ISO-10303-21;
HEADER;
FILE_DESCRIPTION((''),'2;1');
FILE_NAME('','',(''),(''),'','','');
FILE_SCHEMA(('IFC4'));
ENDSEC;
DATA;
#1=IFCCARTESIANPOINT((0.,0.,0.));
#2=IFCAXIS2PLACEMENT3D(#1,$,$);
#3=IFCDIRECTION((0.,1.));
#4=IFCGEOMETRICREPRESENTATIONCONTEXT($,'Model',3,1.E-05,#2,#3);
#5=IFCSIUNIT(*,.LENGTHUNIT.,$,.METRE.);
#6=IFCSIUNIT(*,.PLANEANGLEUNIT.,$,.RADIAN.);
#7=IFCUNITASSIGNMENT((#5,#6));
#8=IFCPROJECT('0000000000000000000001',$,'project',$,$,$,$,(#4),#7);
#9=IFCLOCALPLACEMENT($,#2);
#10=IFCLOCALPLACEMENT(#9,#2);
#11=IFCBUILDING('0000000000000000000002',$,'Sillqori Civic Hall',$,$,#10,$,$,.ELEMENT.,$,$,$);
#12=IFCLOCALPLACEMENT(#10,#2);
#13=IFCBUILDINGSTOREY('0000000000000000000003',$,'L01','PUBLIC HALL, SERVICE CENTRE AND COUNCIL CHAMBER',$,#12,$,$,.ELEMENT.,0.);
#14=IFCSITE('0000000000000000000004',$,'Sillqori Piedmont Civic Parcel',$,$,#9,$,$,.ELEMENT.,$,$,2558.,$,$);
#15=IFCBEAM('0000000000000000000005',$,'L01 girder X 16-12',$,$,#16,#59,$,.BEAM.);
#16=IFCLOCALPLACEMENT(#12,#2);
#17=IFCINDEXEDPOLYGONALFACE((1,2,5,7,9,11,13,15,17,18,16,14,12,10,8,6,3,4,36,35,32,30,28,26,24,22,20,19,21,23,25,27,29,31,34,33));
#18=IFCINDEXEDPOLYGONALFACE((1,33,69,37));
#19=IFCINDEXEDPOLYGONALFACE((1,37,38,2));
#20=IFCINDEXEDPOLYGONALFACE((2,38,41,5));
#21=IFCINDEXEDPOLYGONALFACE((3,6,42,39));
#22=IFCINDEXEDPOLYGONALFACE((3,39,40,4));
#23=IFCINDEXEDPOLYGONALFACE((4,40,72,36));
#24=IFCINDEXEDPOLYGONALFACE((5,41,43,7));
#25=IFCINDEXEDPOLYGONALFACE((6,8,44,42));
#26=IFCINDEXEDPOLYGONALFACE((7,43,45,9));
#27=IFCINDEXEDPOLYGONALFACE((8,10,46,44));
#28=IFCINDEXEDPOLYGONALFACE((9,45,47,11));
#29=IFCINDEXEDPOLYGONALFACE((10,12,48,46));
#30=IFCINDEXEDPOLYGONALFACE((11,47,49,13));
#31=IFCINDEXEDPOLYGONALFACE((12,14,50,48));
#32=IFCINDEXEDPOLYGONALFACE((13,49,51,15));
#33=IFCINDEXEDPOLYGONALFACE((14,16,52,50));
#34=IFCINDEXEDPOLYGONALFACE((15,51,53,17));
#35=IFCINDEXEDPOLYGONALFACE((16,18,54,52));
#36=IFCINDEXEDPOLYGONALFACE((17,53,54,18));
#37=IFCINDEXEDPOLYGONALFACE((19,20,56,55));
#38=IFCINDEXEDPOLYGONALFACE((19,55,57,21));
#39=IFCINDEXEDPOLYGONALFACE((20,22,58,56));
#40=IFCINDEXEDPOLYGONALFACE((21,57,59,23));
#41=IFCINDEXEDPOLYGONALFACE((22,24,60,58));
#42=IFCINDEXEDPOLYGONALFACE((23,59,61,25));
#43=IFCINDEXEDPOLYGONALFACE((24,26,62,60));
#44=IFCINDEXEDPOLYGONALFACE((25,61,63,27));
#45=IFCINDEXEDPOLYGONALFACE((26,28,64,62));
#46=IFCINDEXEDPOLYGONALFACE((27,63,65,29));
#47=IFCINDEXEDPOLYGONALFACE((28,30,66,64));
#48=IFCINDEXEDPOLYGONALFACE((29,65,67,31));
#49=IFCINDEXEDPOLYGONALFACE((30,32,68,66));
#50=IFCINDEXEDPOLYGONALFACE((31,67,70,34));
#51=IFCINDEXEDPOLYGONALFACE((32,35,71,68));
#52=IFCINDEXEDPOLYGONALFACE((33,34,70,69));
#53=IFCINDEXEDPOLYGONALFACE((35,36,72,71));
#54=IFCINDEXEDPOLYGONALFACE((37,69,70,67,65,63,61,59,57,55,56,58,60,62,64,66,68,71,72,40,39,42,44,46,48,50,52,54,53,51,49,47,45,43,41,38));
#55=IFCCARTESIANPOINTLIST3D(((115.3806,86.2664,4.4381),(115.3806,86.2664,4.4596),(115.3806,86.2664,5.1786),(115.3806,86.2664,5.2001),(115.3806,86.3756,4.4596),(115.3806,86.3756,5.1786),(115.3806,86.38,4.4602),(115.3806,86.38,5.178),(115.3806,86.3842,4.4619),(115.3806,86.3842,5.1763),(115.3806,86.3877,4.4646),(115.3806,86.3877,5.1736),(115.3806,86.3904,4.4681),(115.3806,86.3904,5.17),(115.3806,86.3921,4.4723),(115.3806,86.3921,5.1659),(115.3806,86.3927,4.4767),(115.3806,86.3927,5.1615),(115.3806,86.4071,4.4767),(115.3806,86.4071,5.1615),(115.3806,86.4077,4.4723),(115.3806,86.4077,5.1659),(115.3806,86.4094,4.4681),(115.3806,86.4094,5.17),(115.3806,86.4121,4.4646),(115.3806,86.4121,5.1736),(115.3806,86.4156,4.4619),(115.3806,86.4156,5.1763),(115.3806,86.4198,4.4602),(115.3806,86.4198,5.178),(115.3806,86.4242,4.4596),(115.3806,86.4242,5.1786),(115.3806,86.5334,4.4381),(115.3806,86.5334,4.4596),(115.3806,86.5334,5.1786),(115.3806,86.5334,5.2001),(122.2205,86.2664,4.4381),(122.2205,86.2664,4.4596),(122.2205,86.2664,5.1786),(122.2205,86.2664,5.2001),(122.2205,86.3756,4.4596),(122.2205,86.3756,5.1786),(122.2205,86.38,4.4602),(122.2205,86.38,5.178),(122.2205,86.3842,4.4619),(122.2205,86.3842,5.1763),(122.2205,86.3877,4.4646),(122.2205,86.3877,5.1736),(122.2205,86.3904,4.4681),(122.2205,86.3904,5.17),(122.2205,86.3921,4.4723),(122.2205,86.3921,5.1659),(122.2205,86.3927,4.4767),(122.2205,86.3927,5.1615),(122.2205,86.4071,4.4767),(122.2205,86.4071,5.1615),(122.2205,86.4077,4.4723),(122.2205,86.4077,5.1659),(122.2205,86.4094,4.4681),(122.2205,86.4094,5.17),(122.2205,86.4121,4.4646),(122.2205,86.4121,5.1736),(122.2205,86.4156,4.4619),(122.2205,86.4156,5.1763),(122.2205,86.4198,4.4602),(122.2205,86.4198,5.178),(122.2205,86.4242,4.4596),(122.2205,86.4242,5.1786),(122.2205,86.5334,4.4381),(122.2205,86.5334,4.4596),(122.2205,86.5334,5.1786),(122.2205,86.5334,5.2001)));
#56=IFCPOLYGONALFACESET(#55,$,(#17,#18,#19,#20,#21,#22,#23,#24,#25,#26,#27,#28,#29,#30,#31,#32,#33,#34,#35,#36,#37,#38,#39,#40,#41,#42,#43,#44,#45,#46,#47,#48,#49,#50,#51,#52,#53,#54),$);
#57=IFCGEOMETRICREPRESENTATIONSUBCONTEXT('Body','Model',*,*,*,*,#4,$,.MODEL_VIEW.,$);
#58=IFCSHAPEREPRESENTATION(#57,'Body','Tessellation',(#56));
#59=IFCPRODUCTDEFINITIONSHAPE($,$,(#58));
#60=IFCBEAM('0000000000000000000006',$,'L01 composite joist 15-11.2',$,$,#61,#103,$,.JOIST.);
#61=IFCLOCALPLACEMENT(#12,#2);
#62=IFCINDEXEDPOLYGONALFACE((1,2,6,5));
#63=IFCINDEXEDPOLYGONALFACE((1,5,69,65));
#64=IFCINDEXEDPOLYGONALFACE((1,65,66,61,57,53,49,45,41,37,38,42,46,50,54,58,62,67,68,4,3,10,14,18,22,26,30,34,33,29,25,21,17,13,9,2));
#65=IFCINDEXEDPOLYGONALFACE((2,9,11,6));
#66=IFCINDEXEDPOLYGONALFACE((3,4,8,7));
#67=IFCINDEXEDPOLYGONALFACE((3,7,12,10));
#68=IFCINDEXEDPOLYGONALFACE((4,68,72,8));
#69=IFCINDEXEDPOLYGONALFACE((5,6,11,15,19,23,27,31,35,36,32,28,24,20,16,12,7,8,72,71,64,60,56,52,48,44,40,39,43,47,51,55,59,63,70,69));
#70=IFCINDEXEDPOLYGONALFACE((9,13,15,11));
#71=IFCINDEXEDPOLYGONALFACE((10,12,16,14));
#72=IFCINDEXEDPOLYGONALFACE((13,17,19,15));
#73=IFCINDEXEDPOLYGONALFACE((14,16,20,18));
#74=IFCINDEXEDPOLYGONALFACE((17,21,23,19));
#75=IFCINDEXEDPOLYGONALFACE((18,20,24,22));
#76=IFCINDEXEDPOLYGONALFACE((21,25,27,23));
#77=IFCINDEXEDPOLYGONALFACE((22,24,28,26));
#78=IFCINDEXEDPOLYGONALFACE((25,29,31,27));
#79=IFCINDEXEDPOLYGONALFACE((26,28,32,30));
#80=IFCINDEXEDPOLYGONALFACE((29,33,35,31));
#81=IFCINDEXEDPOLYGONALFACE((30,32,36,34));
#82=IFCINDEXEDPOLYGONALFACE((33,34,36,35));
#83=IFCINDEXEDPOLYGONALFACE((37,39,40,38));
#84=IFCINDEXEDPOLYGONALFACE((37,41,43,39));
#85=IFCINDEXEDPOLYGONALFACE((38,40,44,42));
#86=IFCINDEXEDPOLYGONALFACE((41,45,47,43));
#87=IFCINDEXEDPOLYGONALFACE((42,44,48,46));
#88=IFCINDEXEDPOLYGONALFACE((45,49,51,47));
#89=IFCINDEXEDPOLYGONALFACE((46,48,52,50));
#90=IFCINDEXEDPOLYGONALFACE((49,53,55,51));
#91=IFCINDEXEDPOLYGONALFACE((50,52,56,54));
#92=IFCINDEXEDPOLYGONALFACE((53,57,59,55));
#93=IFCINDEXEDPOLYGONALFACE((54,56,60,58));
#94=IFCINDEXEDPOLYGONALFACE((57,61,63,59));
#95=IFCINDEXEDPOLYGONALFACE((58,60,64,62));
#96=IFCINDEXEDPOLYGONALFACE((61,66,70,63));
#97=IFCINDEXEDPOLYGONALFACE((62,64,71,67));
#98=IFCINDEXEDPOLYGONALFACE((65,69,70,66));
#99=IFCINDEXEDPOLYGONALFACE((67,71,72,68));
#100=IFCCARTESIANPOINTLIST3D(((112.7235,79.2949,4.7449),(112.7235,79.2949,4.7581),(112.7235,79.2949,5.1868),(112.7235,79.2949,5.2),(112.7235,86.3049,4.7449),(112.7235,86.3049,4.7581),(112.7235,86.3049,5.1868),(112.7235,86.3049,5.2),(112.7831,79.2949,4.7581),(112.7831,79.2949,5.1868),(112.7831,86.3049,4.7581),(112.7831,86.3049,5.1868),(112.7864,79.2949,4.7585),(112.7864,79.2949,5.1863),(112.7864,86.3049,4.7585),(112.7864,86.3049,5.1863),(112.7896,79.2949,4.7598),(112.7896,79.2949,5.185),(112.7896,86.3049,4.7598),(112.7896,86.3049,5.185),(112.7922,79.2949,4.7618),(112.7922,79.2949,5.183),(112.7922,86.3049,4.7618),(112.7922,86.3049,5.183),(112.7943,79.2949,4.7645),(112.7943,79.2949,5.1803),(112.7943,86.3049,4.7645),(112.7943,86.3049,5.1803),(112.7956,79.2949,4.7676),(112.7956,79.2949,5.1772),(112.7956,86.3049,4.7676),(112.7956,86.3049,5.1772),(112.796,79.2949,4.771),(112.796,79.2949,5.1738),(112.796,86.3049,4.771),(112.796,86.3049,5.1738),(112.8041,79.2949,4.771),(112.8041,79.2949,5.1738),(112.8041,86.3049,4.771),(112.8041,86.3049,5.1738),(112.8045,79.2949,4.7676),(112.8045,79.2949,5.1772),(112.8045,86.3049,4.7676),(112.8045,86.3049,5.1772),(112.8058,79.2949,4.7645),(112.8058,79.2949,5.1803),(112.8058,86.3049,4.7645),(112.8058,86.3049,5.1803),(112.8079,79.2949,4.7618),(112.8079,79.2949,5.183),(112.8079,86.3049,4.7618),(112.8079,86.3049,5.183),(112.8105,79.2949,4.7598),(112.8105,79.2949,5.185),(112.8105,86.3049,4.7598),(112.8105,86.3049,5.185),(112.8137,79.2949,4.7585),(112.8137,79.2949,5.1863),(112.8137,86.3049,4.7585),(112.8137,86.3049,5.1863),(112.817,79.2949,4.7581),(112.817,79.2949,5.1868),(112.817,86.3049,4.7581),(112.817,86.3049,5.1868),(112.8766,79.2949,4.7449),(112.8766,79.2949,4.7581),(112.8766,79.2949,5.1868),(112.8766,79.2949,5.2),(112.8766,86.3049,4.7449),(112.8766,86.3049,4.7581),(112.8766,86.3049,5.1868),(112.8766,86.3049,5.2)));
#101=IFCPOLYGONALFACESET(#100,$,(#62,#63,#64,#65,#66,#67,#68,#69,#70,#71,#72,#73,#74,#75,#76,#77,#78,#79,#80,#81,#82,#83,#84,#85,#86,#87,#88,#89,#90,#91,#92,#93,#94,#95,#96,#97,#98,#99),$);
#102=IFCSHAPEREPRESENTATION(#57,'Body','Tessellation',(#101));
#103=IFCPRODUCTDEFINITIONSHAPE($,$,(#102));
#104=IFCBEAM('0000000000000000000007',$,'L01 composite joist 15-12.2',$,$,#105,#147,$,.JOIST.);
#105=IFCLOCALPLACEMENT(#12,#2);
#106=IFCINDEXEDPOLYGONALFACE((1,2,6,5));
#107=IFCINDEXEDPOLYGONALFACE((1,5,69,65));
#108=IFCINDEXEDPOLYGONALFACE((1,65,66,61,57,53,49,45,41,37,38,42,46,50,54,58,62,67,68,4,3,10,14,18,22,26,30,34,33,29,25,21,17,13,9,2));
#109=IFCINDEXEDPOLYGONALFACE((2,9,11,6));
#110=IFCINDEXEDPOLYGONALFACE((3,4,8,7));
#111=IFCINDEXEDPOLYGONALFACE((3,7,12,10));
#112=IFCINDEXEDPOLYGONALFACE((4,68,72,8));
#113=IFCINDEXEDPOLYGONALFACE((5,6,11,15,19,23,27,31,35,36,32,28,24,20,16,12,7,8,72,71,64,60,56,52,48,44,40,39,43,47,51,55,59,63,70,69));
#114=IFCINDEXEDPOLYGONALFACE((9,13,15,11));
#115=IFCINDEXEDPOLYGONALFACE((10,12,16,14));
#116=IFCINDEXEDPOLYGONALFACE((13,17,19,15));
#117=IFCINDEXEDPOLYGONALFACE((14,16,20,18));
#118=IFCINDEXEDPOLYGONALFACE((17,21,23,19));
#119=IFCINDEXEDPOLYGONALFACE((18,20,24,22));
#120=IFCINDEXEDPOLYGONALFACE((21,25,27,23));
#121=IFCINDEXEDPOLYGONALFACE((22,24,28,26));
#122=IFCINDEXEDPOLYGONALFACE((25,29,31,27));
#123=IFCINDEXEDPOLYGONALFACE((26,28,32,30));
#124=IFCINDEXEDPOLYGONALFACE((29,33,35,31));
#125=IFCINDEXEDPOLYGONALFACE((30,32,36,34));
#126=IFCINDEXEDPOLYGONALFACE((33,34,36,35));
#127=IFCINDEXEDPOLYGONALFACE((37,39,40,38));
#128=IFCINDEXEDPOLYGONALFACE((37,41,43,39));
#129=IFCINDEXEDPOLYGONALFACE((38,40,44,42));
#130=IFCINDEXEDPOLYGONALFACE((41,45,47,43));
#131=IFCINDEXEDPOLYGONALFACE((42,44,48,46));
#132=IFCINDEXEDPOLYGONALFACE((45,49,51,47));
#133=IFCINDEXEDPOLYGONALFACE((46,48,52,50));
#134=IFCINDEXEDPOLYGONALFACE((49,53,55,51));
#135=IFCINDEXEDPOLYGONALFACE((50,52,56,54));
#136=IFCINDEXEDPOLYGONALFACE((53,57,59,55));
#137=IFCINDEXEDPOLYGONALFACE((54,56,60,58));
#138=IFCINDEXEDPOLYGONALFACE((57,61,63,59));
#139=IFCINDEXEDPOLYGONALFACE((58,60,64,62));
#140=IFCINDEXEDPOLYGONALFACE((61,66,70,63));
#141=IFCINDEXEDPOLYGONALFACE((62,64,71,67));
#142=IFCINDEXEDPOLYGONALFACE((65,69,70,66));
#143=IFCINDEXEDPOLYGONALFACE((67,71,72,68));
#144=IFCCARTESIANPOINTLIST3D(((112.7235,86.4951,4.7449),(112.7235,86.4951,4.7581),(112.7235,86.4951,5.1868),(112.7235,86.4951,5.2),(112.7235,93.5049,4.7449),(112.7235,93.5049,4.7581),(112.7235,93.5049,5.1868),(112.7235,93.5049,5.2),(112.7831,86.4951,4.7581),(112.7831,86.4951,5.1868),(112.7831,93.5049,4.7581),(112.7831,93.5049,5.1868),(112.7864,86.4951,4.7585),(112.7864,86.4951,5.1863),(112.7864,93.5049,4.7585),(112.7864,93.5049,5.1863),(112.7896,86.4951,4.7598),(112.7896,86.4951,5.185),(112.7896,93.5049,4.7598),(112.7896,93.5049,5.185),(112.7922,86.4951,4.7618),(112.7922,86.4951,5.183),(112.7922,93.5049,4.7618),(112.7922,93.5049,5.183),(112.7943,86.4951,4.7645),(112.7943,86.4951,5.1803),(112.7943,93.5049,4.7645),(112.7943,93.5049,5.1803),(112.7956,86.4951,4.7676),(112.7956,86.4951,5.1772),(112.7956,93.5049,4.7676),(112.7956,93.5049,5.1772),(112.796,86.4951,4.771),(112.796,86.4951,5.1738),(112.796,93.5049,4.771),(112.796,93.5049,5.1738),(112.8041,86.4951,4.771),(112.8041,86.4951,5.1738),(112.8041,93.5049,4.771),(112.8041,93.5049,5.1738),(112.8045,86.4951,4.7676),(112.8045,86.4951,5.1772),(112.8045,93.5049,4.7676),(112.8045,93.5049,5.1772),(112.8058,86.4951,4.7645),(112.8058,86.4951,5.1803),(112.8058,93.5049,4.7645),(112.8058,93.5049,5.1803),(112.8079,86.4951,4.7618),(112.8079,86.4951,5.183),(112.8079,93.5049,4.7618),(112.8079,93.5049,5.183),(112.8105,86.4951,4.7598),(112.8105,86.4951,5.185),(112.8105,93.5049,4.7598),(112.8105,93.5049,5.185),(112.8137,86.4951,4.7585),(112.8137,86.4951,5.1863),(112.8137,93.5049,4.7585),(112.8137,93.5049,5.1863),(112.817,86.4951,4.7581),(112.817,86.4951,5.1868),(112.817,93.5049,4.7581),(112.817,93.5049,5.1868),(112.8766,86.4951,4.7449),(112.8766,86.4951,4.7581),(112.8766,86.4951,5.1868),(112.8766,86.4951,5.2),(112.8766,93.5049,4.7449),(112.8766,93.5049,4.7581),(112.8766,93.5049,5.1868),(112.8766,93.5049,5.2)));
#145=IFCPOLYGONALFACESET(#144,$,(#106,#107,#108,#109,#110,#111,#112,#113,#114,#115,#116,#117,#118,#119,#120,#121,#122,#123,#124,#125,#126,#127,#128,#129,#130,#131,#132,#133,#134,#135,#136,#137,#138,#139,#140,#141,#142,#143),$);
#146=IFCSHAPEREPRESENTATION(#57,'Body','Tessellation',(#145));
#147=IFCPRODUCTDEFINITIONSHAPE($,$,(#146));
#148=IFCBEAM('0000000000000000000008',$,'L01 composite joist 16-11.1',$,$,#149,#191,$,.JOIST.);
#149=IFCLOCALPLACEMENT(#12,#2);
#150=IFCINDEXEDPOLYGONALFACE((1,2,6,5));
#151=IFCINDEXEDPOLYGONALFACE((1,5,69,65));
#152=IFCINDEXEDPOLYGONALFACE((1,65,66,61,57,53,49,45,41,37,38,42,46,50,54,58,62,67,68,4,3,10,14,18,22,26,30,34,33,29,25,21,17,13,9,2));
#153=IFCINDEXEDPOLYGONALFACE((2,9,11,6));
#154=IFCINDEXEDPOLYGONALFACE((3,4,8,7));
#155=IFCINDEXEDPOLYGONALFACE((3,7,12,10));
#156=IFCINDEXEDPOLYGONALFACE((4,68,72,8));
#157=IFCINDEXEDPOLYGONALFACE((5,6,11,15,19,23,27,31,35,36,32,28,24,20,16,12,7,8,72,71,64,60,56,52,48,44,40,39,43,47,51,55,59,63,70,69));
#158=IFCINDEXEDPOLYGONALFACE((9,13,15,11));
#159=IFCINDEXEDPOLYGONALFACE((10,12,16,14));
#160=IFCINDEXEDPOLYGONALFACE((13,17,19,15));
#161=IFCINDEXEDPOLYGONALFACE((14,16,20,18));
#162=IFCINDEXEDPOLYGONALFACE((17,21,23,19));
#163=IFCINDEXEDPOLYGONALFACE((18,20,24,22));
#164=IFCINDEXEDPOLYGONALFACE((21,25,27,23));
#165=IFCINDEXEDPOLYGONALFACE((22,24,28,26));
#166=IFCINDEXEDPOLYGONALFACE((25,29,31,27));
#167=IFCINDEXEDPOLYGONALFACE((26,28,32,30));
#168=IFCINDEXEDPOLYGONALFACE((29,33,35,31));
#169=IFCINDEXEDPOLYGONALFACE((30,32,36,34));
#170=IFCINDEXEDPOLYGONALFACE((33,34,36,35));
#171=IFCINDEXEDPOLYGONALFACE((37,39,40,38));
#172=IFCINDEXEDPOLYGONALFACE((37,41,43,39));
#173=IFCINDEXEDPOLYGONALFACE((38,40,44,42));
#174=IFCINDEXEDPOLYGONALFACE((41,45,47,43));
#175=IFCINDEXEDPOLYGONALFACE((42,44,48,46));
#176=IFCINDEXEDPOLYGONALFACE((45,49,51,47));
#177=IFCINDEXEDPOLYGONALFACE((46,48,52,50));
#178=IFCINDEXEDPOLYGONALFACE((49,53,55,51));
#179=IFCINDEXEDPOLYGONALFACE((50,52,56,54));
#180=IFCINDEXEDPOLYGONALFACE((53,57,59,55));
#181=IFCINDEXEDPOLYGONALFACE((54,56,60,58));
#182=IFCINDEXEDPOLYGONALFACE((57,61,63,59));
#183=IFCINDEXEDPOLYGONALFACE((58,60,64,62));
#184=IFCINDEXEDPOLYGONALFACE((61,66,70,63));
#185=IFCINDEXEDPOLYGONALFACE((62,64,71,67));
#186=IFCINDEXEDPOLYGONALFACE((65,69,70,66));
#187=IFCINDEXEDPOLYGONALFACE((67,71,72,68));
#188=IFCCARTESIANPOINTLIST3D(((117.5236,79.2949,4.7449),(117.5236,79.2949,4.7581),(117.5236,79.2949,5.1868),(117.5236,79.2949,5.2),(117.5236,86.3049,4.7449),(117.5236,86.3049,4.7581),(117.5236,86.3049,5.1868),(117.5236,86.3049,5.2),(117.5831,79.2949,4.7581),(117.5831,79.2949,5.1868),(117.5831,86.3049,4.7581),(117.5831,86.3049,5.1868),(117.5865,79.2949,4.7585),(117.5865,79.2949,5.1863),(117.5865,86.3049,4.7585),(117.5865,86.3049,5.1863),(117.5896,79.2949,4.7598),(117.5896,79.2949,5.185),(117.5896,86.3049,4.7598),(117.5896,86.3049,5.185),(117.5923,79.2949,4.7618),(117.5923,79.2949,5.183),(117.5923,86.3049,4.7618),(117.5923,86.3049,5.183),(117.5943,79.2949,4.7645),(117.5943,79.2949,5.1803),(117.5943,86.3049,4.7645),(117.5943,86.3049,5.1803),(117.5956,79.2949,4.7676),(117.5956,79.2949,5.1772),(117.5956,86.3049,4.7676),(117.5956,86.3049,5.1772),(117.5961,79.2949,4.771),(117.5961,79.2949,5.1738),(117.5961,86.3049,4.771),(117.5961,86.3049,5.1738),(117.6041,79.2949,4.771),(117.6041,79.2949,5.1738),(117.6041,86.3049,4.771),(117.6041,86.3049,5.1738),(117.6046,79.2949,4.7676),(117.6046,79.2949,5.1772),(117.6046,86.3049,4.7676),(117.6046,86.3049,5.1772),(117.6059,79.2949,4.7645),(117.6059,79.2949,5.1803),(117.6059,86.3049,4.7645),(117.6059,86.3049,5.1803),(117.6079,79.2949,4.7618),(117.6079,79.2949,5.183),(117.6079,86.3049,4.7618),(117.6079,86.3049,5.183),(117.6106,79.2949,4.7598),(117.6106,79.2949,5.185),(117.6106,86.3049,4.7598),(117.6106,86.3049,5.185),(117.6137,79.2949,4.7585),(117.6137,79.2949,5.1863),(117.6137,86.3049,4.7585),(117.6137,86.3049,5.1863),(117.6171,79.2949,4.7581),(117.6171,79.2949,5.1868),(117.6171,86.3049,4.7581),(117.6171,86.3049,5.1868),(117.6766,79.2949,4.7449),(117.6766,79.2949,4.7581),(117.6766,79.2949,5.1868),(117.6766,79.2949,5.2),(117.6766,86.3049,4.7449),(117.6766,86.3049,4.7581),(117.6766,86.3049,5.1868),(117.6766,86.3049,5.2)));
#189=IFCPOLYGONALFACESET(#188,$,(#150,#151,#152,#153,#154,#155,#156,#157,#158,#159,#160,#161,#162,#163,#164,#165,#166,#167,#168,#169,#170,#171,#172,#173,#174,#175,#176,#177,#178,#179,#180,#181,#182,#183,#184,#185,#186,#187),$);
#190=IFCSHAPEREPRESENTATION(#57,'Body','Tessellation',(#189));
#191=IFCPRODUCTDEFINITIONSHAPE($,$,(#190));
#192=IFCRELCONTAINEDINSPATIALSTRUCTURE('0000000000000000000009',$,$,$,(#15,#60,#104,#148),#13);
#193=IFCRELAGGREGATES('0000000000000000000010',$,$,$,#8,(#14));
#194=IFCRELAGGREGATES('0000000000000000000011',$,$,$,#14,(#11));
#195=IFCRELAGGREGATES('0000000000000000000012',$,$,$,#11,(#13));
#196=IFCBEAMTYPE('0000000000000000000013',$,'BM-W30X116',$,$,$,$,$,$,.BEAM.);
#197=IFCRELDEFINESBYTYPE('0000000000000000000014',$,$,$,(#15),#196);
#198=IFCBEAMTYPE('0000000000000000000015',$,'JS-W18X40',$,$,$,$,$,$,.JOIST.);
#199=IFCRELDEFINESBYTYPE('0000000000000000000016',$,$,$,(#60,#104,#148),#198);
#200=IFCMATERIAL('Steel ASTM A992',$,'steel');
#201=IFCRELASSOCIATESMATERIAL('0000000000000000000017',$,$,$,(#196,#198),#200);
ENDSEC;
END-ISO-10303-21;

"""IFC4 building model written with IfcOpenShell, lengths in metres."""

from ifc_helpers import new_model, si_unit, direction, frame, origin, origin_2d, place, context, subcontext, project, spatial, i_section, extrude, material, material_profile, profile_set, type_object, element, save


model = new_model("IFC4")

# Units and contexts
model_context = context("Model", 3, precision=1e-05, world=origin(), true_north=direction((0.0, 1.0)))
body_context = subcontext(model_context, "Body", "Model", "MODEL_VIEW")
ifc_project = project(units=[si_unit("LENGTHUNIT", "METRE"), si_unit("PLANEANGLEUNIT", "RADIAN")], contexts=[model_context])

# Site, building, storey
site_placement = place(None, origin())
site = spatial("IfcSite", under=ifc_project, at=site_placement, Name="Sillqori Piedmont Civic Parcel", CompositionType="ELEMENT", RefElevation=2558.0)
building_placement = place(site_placement, origin())
building = spatial("IfcBuilding", under=site, at=building_placement, Name="Sillqori Civic Hall", CompositionType="ELEMENT")
storey_placement = place(building_placement, origin())
storey = spatial("IfcBuildingStorey", under=building, at=storey_placement, Name="L01", Description="PUBLIC HALL, SERVICE CENTRE AND COUNCIL CHAMBER", CompositionType="ELEMENT", Elevation=0.0)

# Shared definitions
ifc_material_1 = material(Name="Steel ASTM A992", Category="steel")

# Beams
ifc_material_profile_1 = material_profile(ifc_material_1, i_section(OverallWidth=0.2671, OverallDepth=0.762, WebThickness=0.0144, FlangeThickness=0.0215, FilletRadius=0.0171, at=origin_2d()), Name="W30X116")
ifc_profile_set_1 = profile_set([ifc_material_profile_1], Name="Steel ASTM A992")
beam_type_1 = type_object("IfcBeamType", Name="BM-W30X116", PredefinedType="BEAM", material=ifc_profile_set_1)
beam_1_placement = place(storey_placement, frame((115.3806, 86.3999, 4.8191), z_axis=(1.0, 0.0, 0.0), x_axis=(0.0, 1.0, 0.0)))
element("IfcBeam", 1, at=beam_1_placement, inside=storey, type_object=beam_type_1, Name="L01 girder X 16-12", PredefinedType="BEAM", context=body_context, shape_type="SweptSolid", body=[
    extrude(i_section(OverallWidth=0.2671, OverallDepth=0.762, WebThickness=0.0144, FlangeThickness=0.0215, FilletRadius=0.0171, at=origin_2d()), origin(), (0.0, 0.0, 1.0), 6.8398),
])
ifc_material_profile_2 = material_profile(ifc_material_1, i_section(OverallWidth=0.1531, OverallDepth=0.4551, WebThickness=0.0081, FlangeThickness=0.0132, FilletRadius=0.0129, at=origin_2d()), Name="W18X40")
ifc_profile_set_2 = profile_set([ifc_material_profile_2], Name="Steel ASTM A992")
beam_type_2 = type_object("IfcBeamType", Name="JS-W18X40", PredefinedType="JOIST", material=ifc_profile_set_2)
beam_2_placement = place(storey_placement, frame((112.8, 79.2949, 4.9724), z_axis=(0.0, 1.0, 0.0), x_axis=(-1.0, 0.0, 0.0)))
element("IfcBeam", 2, at=beam_2_placement, inside=storey, type_object=beam_type_2, Name="L01 composite joist 15-11.2", PredefinedType="JOIST", context=body_context, shape_type="SweptSolid", body=[
    extrude(i_section(OverallWidth=0.1531, OverallDepth=0.4551, WebThickness=0.0081, FlangeThickness=0.0132, FilletRadius=0.0129, at=origin_2d()), origin(), (0.0, 0.0, 1.0), 7.01),
])
beam_3_placement = place(storey_placement, frame((112.8, 86.4951, 4.9724), z_axis=(0.0, 1.0, 0.0), x_axis=(-1.0, 0.0, 0.0)))
element("IfcBeam", 3, at=beam_3_placement, inside=storey, type_object=beam_type_2, Name="L01 composite joist 15-12.2", PredefinedType="JOIST", context=body_context, shape_type="SweptSolid", body=[
    extrude(i_section(OverallWidth=0.1531, OverallDepth=0.4551, WebThickness=0.0081, FlangeThickness=0.0132, FilletRadius=0.0129, at=origin_2d()), origin(), (0.0, 0.0, 1.0), 7.0098),
])
for number, where, z_axis, x_axis, name in (
    (4, (117.6001, 79.2949, 4.9724), (0.0, 1.0, 0.0), (-1.0, 0.0, 0.0), "L01 composite joist 16-11.1"),
):
    element("IfcBeam", number, at=place(storey_placement, frame(where, z_axis=z_axis, x_axis=x_axis)), inside=storey, type_object=beam_type_2, Name=name, PredefinedType="JOIST", context=body_context, shape_type="SweptSolid", body=[
        extrude(i_section(OverallWidth=0.1531, OverallDepth=0.4551, WebThickness=0.0081, FlangeThickness=0.0132, FilletRadius=0.0129, at=origin_2d()), origin(), (0.0, 0.0, 1.0), 7.01),
    ])

save(model, "model.ifc")
